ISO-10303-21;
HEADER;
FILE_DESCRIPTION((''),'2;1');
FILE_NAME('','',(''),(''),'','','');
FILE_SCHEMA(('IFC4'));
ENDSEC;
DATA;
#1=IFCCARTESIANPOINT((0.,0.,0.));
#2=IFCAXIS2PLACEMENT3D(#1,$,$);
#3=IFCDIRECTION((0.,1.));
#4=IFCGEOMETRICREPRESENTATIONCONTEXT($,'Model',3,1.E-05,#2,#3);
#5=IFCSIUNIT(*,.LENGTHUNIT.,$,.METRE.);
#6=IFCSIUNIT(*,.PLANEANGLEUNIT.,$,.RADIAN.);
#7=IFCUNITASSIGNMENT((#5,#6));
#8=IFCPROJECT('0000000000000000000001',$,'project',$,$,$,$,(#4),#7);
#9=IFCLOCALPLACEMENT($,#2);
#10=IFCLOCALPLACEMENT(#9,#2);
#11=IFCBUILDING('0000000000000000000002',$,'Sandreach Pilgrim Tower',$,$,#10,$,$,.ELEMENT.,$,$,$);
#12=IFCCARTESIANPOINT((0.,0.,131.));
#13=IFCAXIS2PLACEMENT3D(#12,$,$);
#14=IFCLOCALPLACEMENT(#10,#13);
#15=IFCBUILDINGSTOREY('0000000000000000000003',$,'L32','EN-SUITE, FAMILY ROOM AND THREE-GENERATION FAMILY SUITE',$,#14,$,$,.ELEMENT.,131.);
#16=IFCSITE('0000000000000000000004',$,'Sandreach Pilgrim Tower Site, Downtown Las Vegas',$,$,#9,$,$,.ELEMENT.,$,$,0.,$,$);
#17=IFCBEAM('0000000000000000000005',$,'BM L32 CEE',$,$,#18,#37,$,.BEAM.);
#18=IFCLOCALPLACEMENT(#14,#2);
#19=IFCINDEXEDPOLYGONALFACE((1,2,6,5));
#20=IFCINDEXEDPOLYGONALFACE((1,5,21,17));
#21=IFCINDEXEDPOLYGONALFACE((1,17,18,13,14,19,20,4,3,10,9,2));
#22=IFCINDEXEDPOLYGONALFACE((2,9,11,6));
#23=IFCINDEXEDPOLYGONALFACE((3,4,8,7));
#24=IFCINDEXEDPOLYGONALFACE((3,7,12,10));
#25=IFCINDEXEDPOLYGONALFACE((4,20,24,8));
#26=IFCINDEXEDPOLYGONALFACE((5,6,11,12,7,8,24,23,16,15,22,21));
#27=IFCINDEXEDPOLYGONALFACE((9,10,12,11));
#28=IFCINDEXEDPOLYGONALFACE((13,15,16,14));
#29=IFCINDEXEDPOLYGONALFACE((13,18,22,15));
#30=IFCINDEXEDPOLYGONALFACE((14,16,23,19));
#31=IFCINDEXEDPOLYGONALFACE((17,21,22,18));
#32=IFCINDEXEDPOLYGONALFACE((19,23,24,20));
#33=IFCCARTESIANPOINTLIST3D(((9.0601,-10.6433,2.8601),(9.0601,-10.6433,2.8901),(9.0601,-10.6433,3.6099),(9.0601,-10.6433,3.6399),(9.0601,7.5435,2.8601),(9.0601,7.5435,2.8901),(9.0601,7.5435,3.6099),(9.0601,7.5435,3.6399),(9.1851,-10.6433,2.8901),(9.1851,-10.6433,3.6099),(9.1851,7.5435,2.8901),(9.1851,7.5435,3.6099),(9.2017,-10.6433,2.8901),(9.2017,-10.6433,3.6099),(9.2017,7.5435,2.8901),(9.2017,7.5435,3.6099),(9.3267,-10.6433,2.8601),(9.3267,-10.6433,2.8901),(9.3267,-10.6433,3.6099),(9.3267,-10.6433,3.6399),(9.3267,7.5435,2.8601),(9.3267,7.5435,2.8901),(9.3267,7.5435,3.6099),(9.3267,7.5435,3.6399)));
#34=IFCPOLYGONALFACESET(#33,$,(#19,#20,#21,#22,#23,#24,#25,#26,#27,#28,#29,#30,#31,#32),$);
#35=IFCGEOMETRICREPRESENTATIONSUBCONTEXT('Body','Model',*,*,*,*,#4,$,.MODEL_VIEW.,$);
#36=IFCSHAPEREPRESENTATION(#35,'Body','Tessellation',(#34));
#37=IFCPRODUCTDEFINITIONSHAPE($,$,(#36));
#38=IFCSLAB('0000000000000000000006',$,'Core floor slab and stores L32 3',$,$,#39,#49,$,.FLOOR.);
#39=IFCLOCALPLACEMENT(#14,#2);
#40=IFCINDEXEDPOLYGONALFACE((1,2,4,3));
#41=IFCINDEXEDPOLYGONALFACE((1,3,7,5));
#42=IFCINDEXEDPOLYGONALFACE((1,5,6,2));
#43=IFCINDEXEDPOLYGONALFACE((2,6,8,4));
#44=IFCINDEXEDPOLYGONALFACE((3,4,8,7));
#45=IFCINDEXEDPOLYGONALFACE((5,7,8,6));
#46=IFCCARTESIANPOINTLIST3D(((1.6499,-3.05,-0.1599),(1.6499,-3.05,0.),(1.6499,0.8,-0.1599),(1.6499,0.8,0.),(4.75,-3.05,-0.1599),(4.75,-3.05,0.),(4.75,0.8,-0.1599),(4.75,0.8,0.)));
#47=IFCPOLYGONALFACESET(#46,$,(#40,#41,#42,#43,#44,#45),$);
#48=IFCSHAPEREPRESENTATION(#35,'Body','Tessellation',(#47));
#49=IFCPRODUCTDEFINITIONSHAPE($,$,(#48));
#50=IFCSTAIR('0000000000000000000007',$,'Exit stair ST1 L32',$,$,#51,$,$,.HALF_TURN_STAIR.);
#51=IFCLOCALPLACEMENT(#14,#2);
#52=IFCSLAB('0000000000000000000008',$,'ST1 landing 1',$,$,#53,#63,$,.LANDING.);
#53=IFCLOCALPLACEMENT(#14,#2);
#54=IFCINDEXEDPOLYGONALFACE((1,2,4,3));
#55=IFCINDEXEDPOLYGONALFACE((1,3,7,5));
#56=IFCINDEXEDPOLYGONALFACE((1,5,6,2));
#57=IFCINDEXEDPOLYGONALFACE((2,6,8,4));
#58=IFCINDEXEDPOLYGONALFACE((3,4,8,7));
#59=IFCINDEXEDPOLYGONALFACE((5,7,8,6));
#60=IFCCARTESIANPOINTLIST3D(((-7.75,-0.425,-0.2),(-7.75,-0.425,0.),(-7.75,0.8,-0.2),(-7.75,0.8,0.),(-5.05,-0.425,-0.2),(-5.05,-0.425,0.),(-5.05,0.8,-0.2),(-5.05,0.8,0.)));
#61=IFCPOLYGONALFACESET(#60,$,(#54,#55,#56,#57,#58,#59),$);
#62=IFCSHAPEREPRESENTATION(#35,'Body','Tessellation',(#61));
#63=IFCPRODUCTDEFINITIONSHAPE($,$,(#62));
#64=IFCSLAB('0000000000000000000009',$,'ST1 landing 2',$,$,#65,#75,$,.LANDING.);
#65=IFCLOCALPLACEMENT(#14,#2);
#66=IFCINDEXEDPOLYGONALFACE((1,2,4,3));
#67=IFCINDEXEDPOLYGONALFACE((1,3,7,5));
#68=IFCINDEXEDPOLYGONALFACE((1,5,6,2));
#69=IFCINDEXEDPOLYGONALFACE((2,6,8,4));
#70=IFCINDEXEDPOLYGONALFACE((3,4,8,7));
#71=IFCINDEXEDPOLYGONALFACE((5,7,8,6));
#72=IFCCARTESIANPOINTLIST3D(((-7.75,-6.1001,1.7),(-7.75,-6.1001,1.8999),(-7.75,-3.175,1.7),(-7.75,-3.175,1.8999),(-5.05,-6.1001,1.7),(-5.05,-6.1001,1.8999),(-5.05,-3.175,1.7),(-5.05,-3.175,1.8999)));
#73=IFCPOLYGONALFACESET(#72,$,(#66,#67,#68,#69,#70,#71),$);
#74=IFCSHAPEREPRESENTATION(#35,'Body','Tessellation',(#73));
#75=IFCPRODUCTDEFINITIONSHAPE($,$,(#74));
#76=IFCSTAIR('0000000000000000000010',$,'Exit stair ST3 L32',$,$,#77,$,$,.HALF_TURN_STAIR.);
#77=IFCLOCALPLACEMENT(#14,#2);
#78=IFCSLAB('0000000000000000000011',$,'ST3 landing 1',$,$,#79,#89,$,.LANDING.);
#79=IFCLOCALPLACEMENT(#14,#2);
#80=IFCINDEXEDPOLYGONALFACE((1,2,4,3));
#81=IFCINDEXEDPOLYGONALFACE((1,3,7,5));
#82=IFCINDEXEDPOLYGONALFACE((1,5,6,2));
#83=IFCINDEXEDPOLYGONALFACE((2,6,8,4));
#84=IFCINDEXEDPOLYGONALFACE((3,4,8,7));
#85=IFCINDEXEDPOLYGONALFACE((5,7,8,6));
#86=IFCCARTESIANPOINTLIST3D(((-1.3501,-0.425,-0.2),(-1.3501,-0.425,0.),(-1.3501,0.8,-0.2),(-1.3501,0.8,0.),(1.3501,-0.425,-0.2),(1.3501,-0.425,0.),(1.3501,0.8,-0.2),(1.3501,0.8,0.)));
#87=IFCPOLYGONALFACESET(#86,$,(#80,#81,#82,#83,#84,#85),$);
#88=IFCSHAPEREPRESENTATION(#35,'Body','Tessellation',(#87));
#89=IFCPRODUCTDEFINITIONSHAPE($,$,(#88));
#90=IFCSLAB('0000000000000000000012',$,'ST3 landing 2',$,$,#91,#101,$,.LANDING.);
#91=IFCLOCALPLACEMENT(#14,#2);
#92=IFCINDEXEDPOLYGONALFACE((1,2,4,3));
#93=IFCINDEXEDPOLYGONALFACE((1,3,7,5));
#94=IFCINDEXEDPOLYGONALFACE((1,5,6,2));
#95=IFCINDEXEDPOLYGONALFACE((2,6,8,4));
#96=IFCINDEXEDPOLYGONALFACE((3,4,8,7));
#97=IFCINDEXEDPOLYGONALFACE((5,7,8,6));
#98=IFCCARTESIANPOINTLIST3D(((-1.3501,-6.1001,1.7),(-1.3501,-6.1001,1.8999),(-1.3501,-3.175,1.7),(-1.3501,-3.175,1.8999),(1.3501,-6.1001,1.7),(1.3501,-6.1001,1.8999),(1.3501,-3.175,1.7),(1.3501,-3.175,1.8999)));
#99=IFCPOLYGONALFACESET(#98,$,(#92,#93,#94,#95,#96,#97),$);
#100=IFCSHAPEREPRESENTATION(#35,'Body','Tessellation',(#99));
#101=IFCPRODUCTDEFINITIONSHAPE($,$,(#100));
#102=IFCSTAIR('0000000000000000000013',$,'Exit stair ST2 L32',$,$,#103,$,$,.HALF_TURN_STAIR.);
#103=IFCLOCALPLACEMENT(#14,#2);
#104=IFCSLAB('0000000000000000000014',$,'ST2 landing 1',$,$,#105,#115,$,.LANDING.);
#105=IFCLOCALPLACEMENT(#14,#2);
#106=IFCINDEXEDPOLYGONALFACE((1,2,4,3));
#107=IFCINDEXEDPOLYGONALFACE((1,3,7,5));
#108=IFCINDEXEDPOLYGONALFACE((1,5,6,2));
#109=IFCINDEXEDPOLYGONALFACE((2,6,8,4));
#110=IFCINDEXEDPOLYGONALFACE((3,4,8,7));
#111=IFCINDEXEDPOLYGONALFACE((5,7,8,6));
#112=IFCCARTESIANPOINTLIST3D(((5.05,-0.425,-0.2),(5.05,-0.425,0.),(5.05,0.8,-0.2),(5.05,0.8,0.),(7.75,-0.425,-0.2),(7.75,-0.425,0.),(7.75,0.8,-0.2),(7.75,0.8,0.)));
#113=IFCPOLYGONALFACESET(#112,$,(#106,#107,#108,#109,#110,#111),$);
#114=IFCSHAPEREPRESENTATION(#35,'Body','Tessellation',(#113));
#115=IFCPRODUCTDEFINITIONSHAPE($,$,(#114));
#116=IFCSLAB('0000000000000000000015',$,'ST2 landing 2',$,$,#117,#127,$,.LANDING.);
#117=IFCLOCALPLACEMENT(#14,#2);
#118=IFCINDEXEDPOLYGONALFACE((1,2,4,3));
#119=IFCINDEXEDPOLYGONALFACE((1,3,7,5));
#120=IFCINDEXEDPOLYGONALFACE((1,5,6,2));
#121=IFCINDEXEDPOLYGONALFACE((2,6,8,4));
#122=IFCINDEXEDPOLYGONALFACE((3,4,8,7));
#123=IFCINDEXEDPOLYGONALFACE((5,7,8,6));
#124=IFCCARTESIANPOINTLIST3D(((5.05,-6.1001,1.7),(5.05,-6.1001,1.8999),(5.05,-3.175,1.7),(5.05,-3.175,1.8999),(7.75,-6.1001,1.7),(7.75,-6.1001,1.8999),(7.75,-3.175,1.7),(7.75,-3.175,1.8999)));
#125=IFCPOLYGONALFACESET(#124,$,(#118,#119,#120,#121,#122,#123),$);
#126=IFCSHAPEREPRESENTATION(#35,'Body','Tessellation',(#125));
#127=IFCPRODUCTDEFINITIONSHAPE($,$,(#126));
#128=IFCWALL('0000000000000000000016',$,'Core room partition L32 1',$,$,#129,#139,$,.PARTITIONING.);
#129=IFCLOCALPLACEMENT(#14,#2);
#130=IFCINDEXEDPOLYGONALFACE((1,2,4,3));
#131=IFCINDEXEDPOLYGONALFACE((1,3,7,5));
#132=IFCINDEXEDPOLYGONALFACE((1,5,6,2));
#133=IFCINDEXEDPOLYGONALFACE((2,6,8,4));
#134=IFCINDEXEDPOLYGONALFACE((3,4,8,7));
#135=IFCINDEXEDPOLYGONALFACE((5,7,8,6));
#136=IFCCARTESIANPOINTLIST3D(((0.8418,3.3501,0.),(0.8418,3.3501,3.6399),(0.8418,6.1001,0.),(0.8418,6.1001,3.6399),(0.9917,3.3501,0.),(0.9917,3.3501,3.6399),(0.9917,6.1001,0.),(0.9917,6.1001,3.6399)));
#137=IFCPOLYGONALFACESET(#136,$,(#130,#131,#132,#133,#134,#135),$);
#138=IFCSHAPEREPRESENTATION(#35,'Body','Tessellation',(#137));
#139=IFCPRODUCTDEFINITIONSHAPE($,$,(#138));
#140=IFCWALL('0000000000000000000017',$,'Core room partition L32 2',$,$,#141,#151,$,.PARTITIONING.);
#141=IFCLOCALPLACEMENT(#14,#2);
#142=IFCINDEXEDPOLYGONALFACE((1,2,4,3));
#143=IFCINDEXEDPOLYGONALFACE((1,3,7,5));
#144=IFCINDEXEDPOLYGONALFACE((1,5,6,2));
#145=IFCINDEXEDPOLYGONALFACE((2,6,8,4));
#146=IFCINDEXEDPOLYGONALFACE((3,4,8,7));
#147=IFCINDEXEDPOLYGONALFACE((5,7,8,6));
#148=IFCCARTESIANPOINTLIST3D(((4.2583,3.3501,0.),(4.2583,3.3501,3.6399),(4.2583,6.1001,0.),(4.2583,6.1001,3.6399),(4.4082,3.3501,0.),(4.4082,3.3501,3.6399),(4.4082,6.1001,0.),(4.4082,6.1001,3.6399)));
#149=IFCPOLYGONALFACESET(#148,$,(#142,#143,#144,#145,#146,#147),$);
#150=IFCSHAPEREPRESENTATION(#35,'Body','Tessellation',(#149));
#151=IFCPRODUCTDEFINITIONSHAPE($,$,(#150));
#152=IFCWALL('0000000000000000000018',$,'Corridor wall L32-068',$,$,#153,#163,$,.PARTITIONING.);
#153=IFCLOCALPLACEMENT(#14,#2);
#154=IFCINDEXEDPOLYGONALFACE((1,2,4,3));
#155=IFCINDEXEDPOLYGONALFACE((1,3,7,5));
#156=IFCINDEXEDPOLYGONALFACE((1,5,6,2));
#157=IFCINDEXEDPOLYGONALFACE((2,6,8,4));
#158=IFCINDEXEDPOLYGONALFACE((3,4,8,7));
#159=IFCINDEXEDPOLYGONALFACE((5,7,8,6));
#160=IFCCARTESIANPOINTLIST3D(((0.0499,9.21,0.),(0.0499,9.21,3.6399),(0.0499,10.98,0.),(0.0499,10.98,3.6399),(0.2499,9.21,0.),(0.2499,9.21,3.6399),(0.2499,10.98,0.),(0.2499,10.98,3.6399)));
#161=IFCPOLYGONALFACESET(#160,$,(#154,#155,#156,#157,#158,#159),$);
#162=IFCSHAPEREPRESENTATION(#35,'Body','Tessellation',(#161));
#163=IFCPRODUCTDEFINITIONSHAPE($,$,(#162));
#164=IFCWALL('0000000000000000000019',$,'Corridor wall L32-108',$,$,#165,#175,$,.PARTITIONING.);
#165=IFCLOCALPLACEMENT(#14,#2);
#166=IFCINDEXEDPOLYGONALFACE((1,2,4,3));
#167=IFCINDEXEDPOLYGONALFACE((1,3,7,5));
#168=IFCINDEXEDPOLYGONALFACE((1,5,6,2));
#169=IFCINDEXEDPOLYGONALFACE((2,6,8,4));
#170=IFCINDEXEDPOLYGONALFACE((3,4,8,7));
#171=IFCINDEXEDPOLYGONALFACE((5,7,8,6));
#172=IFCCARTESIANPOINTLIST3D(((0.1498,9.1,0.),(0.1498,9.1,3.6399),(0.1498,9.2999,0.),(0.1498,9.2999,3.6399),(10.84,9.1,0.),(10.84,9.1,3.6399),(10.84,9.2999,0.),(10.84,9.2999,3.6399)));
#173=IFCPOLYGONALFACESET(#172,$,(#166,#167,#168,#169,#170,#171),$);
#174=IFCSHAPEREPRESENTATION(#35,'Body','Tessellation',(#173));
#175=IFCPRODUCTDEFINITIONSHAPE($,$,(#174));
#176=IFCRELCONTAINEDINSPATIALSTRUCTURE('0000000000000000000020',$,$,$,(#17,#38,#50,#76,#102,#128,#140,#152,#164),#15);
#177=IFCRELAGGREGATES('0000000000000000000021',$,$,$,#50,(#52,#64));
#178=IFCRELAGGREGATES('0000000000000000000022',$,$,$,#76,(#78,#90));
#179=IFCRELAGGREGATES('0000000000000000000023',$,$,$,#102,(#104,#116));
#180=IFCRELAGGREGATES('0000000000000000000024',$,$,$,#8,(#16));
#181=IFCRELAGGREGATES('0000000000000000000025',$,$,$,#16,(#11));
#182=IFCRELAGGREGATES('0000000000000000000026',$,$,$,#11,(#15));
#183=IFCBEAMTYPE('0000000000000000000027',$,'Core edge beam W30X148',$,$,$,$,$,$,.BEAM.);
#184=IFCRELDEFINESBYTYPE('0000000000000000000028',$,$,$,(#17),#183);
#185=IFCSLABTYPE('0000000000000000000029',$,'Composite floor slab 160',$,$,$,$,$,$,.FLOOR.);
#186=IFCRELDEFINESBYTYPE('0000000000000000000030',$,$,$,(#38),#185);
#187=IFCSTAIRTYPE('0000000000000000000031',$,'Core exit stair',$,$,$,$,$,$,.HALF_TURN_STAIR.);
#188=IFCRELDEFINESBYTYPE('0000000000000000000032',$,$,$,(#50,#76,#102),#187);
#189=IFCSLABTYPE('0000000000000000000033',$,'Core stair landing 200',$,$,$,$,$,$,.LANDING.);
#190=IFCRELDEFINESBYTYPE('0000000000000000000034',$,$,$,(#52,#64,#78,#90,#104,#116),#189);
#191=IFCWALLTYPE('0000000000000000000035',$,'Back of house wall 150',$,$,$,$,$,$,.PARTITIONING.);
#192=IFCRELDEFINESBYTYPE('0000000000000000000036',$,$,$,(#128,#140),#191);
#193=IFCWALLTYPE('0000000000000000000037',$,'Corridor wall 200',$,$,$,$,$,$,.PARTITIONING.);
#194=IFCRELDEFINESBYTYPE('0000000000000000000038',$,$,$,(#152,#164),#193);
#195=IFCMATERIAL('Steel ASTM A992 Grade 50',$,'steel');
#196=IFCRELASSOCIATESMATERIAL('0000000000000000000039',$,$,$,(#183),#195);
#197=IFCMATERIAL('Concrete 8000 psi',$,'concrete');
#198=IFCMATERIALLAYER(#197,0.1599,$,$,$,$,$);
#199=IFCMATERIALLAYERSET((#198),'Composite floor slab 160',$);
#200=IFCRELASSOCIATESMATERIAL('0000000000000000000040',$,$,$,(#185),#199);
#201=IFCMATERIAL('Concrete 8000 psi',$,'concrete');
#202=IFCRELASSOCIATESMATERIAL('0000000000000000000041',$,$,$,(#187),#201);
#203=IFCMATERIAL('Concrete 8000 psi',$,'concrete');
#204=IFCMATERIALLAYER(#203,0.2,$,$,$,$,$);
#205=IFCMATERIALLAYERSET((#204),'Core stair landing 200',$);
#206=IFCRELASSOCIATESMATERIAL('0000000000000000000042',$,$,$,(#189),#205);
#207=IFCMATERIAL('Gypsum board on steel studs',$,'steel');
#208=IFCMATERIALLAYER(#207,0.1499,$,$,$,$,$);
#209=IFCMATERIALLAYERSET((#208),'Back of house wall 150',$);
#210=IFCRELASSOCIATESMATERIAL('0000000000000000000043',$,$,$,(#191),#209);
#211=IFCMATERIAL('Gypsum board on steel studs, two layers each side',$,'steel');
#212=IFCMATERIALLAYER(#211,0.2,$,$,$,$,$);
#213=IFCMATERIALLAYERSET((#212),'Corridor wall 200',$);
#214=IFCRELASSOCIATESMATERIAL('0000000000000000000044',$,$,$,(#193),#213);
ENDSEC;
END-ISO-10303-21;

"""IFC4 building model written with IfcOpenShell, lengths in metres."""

from ifc_helpers import new_model, si_unit, direction, frame, frame_2d, origin, origin_2d, place, context, subcontext, project, spatial, polyline, rectangle, i_section, outline, extrude, material, layer, layer_set, material_profile, profile_set, type_object, element, aggregate, save


model = new_model("IFC4")

# Units and contexts
model_context = context("Model", 3, precision=1e-05, world=origin(), true_north=direction((0.0, 1.0)))
body_context = subcontext(model_context, "Body", "Model", "MODEL_VIEW")
ifc_project = project(units=[si_unit("LENGTHUNIT", "METRE"), si_unit("PLANEANGLEUNIT", "RADIAN")], contexts=[model_context])

# Site, building, storey
site_placement = place(None, origin())
site = spatial("IfcSite", under=ifc_project, at=site_placement, Name="Sandreach Pilgrim Tower Site, Downtown Las Vegas", CompositionType="ELEMENT", RefElevation=0.0)
building_placement = place(site_placement, origin())
building = spatial("IfcBuilding", under=site, at=building_placement, Name="Sandreach Pilgrim Tower", CompositionType="ELEMENT")
storey_placement = place(building_placement, frame((0.0, 0.0, 131.0)))
storey = spatial("IfcBuildingStorey", under=building, at=storey_placement, Name="L32", Description="EN-SUITE, FAMILY ROOM AND THREE-GENERATION FAMILY SUITE", CompositionType="ELEMENT", Elevation=131.0)

# Beam
ifc_material_1 = material(Name="Steel ASTM A992 Grade 50", Category="steel")
ifc_material_profile = material_profile(ifc_material_1, i_section(OverallWidth=0.2666, OverallDepth=0.7798, WebThickness=0.0166, FlangeThickness=0.03, at=origin_2d()), Name="W30X148")
ifc_profile_set = profile_set([ifc_material_profile], Name="Steel ASTM A992 Grade 50")
beam_type = type_object("IfcBeamType", Name="Core edge beam W30X148", PredefinedType="BEAM", material=ifc_profile_set)
beam_placement = place(storey_placement, frame((9.1934, 7.5435, 3.25), z_axis=(0.0, -1.0, 0.0), x_axis=(1.0, 0.0, 0.0)))
element("IfcBeam", 1, at=beam_placement, inside=storey, type_object=beam_type, Name="BM L32 CEE", PredefinedType="BEAM", context=body_context, shape_type="SweptSolid", body=[
    extrude(i_section(OverallWidth=0.2666, OverallDepth=0.7798, WebThickness=0.0166, FlangeThickness=0.03, at=origin_2d()), origin(), (0.0, 0.0, 1.0), 18.1868),
])

# Slab
ifc_material_2 = material(Name="Concrete 8000 psi", Category="concrete")
ifc_layer_1 = layer(ifc_material_2, 0.1599)
ifc_layer_set_1 = layer_set([ifc_layer_1], Name="Composite floor slab 160")
slab_type_1 = type_object("IfcSlabType", Name="Composite floor slab 160", PredefinedType="FLOOR", material=ifc_layer_set_1)
slab_1_placement = place(storey_placement, frame((0.0, 0.0, -0.1599)))
element("IfcSlab", 2, at=slab_1_placement, inside=storey, type_object=slab_type_1, Name="Core floor slab and stores L32 3", PredefinedType="FLOOR", context=body_context, shape_type="SweptSolid", body=[
    extrude(outline(polyline([(4.75, -3.05), (1.6499, -3.05), (1.6499, 0.8), (4.75, 0.8), (4.75, -3.05)])), origin(), (0.0, 0.0, 1.0), 0.1599),
])

# Stairs, slabs
ifc_material_3 = material(Name="Concrete 8000 psi", Category="concrete")
stair_type = type_object("IfcStairType", Name="Core exit stair", PredefinedType="HALF_TURN_STAIR", material=ifc_material_3)
stair_1_placement = place(storey_placement, origin())
stair_1 = element("IfcStair", 3, at=stair_1_placement, inside=storey, type_object=stair_type, Name="Exit stair ST1 L32", PredefinedType="HALF_TURN_STAIR")
ifc_material_4 = material(Name="Concrete 8000 psi", Category="concrete")
ifc_layer_2 = layer(ifc_material_4, 0.2)
ifc_layer_set_2 = layer_set([ifc_layer_2], Name="Core stair landing 200")
slab_type_2 = type_object("IfcSlabType", Name="Core stair landing 200", PredefinedType="LANDING", material=ifc_layer_set_2)
slab_2_placement = place(storey_placement, frame((0.0, 0.0, -0.2)))
slab_2 = element("IfcSlab", 4, at=slab_2_placement, type_object=slab_type_2, Name="ST1 landing 1", PredefinedType="LANDING", context=body_context, shape_type="SweptSolid", body=[
    extrude(outline(polyline([(-7.75, -0.425), (-5.05, -0.425), (-5.05, 0.8), (-7.75, 0.8), (-7.75, -0.425)])), origin(), (0.0, 0.0, 1.0), 0.2),
])
slab_3_placement = place(storey_placement, frame((0.0, 0.0, 1.7)))
slab_3 = element("IfcSlab", 5, at=slab_3_placement, type_object=slab_type_2, Name="ST1 landing 2", PredefinedType="LANDING", context=body_context, shape_type="SweptSolid", body=[
    extrude(outline(polyline([(-7.75, -6.1001), (-5.05, -6.1001), (-5.05, -3.175), (-7.75, -3.175), (-7.75, -6.1001)])), origin(), (0.0, 0.0, 1.0), 0.2),
])
aggregate(stair_1, [slab_2, slab_3])
stair_2_placement = place(storey_placement, origin())
stair_2 = element("IfcStair", 6, at=stair_2_placement, inside=storey, type_object=stair_type, Name="Exit stair ST3 L32", PredefinedType="HALF_TURN_STAIR")
slab_4_placement = place(storey_placement, frame((0.0, 0.0, -0.2)))
slab_4 = element("IfcSlab", 7, at=slab_4_placement, type_object=slab_type_2, Name="ST3 landing 1", PredefinedType="LANDING", context=body_context, shape_type="SweptSolid", body=[
    extrude(outline(polyline([(-1.3501, -0.425), (1.3501, -0.425), (1.3501, 0.8), (-1.3501, 0.8), (-1.3501, -0.425)])), origin(), (0.0, 0.0, 1.0), 0.2),
])
slab_5_placement = place(storey_placement, frame((0.0, 0.0, 1.7)))
slab_5 = element("IfcSlab", 8, at=slab_5_placement, type_object=slab_type_2, Name="ST3 landing 2", PredefinedType="LANDING", context=body_context, shape_type="SweptSolid", body=[
    extrude(outline(polyline([(-1.3501, -6.1001), (1.3501, -6.1001), (1.3501, -3.175), (-1.3501, -3.175), (-1.3501, -6.1001)])), origin(), (0.0, 0.0, 1.0), 0.2),
])
aggregate(stair_2, [slab_4, slab_5])
stair_3_placement = place(storey_placement, origin())
stair_3 = element("IfcStair", 9, at=stair_3_placement, inside=storey, type_object=stair_type, Name="Exit stair ST2 L32", PredefinedType="HALF_TURN_STAIR")
slab_6_placement = place(storey_placement, frame((0.0, 0.0, -0.2)))
slab_6 = element("IfcSlab", 10, at=slab_6_placement, type_object=slab_type_2, Name="ST2 landing 1", PredefinedType="LANDING", context=body_context, shape_type="SweptSolid", body=[
    extrude(outline(polyline([(5.05, -0.425), (7.75, -0.425), (7.75, 0.8), (5.05, 0.8), (5.05, -0.425)])), origin(), (0.0, 0.0, 1.0), 0.2),
])
slab_7_placement = place(storey_placement, frame((0.0, 0.0, 1.7)))
slab_7 = element("IfcSlab", 11, at=slab_7_placement, type_object=slab_type_2, Name="ST2 landing 2", PredefinedType="LANDING", context=body_context, shape_type="SweptSolid", body=[
    extrude(outline(polyline([(5.05, -6.1001), (7.75, -6.1001), (7.75, -3.175), (5.05, -3.175), (5.05, -6.1001)])), origin(), (0.0, 0.0, 1.0), 0.2),
])
aggregate(stair_3, [slab_6, slab_7])

# Walls
ifc_material_5 = material(Name="Gypsum board on steel studs", Category="steel")
ifc_layer_3 = layer(ifc_material_5, 0.1499)
ifc_layer_set_3 = layer_set([ifc_layer_3], Name="Back of house wall 150")
wall_type_1 = type_object("IfcWallType", Name="Back of house wall 150", PredefinedType="PARTITIONING", material=ifc_layer_set_3)
for number, where, z_axis, x_axis, name in (
    (12, (0.9167, 3.3501, 0.0), (0.0, 0.0, 1.0), (0.0, 1.0, 0.0), "Core room partition L32 1"),
    (13, (4.3333, 3.3501, 0.0), (0.0, 0.0, 1.0), (0.0, 1.0, 0.0), "Core room partition L32 2"),
):
    element("IfcWall", number, at=place(storey_placement, frame(where, z_axis=z_axis, x_axis=x_axis)), inside=storey, type_object=wall_type_1, Name=name, PredefinedType="PARTITIONING", context=body_context, shape_type="SweptSolid", body=[
        extrude(rectangle(XDim=2.75, YDim=0.1499, at=frame_2d((1.375, 0.0))), origin(), (0.0, 0.0, 1.0), 3.6399),
    ])

# Walls
ifc_material_6 = material(Name="Gypsum board on steel studs, two layers each side", Category="steel")
ifc_layer_4 = layer(ifc_material_6, 0.2)
ifc_layer_set_4 = layer_set([ifc_layer_4], Name="Corridor wall 200")
wall_type_2 = type_object("IfcWallType", Name="Corridor wall 200", PredefinedType="PARTITIONING", material=ifc_layer_set_4)
wall_1_placement = place(storey_placement, frame((0.1499, 9.21, 0.0), z_axis=(0.0, 0.0, 1.0), x_axis=(0.0, 1.0, 0.0)))
element("IfcWall", 14, at=wall_1_placement, inside=storey, type_object=wall_type_2, Name="Corridor wall L32-068", PredefinedType="PARTITIONING", context=body_context, shape_type="SweptSolid", body=[
    extrude(rectangle(XDim=1.77, YDim=0.2, at=frame_2d((0.885, 0.0))), origin(), (0.0, 0.0, 1.0), 3.6399),
])
wall_2_placement = place(storey_placement, frame((10.8401, 9.2, 0.0), z_axis=(0.0, 0.0, 1.0), x_axis=(-1.0, 0.0, 0.0)))
element("IfcWall", 15, at=wall_2_placement, inside=storey, type_object=wall_type_2, Name="Corridor wall L32-108", PredefinedType="PARTITIONING", context=body_context, shape_type="SweptSolid", body=[
    extrude(rectangle(XDim=10.6902, YDim=0.2, at=frame_2d((5.3452, 0.0))), origin(), (0.0, 0.0, 1.0), 3.6399),
])

save(model, "model.ifc")
